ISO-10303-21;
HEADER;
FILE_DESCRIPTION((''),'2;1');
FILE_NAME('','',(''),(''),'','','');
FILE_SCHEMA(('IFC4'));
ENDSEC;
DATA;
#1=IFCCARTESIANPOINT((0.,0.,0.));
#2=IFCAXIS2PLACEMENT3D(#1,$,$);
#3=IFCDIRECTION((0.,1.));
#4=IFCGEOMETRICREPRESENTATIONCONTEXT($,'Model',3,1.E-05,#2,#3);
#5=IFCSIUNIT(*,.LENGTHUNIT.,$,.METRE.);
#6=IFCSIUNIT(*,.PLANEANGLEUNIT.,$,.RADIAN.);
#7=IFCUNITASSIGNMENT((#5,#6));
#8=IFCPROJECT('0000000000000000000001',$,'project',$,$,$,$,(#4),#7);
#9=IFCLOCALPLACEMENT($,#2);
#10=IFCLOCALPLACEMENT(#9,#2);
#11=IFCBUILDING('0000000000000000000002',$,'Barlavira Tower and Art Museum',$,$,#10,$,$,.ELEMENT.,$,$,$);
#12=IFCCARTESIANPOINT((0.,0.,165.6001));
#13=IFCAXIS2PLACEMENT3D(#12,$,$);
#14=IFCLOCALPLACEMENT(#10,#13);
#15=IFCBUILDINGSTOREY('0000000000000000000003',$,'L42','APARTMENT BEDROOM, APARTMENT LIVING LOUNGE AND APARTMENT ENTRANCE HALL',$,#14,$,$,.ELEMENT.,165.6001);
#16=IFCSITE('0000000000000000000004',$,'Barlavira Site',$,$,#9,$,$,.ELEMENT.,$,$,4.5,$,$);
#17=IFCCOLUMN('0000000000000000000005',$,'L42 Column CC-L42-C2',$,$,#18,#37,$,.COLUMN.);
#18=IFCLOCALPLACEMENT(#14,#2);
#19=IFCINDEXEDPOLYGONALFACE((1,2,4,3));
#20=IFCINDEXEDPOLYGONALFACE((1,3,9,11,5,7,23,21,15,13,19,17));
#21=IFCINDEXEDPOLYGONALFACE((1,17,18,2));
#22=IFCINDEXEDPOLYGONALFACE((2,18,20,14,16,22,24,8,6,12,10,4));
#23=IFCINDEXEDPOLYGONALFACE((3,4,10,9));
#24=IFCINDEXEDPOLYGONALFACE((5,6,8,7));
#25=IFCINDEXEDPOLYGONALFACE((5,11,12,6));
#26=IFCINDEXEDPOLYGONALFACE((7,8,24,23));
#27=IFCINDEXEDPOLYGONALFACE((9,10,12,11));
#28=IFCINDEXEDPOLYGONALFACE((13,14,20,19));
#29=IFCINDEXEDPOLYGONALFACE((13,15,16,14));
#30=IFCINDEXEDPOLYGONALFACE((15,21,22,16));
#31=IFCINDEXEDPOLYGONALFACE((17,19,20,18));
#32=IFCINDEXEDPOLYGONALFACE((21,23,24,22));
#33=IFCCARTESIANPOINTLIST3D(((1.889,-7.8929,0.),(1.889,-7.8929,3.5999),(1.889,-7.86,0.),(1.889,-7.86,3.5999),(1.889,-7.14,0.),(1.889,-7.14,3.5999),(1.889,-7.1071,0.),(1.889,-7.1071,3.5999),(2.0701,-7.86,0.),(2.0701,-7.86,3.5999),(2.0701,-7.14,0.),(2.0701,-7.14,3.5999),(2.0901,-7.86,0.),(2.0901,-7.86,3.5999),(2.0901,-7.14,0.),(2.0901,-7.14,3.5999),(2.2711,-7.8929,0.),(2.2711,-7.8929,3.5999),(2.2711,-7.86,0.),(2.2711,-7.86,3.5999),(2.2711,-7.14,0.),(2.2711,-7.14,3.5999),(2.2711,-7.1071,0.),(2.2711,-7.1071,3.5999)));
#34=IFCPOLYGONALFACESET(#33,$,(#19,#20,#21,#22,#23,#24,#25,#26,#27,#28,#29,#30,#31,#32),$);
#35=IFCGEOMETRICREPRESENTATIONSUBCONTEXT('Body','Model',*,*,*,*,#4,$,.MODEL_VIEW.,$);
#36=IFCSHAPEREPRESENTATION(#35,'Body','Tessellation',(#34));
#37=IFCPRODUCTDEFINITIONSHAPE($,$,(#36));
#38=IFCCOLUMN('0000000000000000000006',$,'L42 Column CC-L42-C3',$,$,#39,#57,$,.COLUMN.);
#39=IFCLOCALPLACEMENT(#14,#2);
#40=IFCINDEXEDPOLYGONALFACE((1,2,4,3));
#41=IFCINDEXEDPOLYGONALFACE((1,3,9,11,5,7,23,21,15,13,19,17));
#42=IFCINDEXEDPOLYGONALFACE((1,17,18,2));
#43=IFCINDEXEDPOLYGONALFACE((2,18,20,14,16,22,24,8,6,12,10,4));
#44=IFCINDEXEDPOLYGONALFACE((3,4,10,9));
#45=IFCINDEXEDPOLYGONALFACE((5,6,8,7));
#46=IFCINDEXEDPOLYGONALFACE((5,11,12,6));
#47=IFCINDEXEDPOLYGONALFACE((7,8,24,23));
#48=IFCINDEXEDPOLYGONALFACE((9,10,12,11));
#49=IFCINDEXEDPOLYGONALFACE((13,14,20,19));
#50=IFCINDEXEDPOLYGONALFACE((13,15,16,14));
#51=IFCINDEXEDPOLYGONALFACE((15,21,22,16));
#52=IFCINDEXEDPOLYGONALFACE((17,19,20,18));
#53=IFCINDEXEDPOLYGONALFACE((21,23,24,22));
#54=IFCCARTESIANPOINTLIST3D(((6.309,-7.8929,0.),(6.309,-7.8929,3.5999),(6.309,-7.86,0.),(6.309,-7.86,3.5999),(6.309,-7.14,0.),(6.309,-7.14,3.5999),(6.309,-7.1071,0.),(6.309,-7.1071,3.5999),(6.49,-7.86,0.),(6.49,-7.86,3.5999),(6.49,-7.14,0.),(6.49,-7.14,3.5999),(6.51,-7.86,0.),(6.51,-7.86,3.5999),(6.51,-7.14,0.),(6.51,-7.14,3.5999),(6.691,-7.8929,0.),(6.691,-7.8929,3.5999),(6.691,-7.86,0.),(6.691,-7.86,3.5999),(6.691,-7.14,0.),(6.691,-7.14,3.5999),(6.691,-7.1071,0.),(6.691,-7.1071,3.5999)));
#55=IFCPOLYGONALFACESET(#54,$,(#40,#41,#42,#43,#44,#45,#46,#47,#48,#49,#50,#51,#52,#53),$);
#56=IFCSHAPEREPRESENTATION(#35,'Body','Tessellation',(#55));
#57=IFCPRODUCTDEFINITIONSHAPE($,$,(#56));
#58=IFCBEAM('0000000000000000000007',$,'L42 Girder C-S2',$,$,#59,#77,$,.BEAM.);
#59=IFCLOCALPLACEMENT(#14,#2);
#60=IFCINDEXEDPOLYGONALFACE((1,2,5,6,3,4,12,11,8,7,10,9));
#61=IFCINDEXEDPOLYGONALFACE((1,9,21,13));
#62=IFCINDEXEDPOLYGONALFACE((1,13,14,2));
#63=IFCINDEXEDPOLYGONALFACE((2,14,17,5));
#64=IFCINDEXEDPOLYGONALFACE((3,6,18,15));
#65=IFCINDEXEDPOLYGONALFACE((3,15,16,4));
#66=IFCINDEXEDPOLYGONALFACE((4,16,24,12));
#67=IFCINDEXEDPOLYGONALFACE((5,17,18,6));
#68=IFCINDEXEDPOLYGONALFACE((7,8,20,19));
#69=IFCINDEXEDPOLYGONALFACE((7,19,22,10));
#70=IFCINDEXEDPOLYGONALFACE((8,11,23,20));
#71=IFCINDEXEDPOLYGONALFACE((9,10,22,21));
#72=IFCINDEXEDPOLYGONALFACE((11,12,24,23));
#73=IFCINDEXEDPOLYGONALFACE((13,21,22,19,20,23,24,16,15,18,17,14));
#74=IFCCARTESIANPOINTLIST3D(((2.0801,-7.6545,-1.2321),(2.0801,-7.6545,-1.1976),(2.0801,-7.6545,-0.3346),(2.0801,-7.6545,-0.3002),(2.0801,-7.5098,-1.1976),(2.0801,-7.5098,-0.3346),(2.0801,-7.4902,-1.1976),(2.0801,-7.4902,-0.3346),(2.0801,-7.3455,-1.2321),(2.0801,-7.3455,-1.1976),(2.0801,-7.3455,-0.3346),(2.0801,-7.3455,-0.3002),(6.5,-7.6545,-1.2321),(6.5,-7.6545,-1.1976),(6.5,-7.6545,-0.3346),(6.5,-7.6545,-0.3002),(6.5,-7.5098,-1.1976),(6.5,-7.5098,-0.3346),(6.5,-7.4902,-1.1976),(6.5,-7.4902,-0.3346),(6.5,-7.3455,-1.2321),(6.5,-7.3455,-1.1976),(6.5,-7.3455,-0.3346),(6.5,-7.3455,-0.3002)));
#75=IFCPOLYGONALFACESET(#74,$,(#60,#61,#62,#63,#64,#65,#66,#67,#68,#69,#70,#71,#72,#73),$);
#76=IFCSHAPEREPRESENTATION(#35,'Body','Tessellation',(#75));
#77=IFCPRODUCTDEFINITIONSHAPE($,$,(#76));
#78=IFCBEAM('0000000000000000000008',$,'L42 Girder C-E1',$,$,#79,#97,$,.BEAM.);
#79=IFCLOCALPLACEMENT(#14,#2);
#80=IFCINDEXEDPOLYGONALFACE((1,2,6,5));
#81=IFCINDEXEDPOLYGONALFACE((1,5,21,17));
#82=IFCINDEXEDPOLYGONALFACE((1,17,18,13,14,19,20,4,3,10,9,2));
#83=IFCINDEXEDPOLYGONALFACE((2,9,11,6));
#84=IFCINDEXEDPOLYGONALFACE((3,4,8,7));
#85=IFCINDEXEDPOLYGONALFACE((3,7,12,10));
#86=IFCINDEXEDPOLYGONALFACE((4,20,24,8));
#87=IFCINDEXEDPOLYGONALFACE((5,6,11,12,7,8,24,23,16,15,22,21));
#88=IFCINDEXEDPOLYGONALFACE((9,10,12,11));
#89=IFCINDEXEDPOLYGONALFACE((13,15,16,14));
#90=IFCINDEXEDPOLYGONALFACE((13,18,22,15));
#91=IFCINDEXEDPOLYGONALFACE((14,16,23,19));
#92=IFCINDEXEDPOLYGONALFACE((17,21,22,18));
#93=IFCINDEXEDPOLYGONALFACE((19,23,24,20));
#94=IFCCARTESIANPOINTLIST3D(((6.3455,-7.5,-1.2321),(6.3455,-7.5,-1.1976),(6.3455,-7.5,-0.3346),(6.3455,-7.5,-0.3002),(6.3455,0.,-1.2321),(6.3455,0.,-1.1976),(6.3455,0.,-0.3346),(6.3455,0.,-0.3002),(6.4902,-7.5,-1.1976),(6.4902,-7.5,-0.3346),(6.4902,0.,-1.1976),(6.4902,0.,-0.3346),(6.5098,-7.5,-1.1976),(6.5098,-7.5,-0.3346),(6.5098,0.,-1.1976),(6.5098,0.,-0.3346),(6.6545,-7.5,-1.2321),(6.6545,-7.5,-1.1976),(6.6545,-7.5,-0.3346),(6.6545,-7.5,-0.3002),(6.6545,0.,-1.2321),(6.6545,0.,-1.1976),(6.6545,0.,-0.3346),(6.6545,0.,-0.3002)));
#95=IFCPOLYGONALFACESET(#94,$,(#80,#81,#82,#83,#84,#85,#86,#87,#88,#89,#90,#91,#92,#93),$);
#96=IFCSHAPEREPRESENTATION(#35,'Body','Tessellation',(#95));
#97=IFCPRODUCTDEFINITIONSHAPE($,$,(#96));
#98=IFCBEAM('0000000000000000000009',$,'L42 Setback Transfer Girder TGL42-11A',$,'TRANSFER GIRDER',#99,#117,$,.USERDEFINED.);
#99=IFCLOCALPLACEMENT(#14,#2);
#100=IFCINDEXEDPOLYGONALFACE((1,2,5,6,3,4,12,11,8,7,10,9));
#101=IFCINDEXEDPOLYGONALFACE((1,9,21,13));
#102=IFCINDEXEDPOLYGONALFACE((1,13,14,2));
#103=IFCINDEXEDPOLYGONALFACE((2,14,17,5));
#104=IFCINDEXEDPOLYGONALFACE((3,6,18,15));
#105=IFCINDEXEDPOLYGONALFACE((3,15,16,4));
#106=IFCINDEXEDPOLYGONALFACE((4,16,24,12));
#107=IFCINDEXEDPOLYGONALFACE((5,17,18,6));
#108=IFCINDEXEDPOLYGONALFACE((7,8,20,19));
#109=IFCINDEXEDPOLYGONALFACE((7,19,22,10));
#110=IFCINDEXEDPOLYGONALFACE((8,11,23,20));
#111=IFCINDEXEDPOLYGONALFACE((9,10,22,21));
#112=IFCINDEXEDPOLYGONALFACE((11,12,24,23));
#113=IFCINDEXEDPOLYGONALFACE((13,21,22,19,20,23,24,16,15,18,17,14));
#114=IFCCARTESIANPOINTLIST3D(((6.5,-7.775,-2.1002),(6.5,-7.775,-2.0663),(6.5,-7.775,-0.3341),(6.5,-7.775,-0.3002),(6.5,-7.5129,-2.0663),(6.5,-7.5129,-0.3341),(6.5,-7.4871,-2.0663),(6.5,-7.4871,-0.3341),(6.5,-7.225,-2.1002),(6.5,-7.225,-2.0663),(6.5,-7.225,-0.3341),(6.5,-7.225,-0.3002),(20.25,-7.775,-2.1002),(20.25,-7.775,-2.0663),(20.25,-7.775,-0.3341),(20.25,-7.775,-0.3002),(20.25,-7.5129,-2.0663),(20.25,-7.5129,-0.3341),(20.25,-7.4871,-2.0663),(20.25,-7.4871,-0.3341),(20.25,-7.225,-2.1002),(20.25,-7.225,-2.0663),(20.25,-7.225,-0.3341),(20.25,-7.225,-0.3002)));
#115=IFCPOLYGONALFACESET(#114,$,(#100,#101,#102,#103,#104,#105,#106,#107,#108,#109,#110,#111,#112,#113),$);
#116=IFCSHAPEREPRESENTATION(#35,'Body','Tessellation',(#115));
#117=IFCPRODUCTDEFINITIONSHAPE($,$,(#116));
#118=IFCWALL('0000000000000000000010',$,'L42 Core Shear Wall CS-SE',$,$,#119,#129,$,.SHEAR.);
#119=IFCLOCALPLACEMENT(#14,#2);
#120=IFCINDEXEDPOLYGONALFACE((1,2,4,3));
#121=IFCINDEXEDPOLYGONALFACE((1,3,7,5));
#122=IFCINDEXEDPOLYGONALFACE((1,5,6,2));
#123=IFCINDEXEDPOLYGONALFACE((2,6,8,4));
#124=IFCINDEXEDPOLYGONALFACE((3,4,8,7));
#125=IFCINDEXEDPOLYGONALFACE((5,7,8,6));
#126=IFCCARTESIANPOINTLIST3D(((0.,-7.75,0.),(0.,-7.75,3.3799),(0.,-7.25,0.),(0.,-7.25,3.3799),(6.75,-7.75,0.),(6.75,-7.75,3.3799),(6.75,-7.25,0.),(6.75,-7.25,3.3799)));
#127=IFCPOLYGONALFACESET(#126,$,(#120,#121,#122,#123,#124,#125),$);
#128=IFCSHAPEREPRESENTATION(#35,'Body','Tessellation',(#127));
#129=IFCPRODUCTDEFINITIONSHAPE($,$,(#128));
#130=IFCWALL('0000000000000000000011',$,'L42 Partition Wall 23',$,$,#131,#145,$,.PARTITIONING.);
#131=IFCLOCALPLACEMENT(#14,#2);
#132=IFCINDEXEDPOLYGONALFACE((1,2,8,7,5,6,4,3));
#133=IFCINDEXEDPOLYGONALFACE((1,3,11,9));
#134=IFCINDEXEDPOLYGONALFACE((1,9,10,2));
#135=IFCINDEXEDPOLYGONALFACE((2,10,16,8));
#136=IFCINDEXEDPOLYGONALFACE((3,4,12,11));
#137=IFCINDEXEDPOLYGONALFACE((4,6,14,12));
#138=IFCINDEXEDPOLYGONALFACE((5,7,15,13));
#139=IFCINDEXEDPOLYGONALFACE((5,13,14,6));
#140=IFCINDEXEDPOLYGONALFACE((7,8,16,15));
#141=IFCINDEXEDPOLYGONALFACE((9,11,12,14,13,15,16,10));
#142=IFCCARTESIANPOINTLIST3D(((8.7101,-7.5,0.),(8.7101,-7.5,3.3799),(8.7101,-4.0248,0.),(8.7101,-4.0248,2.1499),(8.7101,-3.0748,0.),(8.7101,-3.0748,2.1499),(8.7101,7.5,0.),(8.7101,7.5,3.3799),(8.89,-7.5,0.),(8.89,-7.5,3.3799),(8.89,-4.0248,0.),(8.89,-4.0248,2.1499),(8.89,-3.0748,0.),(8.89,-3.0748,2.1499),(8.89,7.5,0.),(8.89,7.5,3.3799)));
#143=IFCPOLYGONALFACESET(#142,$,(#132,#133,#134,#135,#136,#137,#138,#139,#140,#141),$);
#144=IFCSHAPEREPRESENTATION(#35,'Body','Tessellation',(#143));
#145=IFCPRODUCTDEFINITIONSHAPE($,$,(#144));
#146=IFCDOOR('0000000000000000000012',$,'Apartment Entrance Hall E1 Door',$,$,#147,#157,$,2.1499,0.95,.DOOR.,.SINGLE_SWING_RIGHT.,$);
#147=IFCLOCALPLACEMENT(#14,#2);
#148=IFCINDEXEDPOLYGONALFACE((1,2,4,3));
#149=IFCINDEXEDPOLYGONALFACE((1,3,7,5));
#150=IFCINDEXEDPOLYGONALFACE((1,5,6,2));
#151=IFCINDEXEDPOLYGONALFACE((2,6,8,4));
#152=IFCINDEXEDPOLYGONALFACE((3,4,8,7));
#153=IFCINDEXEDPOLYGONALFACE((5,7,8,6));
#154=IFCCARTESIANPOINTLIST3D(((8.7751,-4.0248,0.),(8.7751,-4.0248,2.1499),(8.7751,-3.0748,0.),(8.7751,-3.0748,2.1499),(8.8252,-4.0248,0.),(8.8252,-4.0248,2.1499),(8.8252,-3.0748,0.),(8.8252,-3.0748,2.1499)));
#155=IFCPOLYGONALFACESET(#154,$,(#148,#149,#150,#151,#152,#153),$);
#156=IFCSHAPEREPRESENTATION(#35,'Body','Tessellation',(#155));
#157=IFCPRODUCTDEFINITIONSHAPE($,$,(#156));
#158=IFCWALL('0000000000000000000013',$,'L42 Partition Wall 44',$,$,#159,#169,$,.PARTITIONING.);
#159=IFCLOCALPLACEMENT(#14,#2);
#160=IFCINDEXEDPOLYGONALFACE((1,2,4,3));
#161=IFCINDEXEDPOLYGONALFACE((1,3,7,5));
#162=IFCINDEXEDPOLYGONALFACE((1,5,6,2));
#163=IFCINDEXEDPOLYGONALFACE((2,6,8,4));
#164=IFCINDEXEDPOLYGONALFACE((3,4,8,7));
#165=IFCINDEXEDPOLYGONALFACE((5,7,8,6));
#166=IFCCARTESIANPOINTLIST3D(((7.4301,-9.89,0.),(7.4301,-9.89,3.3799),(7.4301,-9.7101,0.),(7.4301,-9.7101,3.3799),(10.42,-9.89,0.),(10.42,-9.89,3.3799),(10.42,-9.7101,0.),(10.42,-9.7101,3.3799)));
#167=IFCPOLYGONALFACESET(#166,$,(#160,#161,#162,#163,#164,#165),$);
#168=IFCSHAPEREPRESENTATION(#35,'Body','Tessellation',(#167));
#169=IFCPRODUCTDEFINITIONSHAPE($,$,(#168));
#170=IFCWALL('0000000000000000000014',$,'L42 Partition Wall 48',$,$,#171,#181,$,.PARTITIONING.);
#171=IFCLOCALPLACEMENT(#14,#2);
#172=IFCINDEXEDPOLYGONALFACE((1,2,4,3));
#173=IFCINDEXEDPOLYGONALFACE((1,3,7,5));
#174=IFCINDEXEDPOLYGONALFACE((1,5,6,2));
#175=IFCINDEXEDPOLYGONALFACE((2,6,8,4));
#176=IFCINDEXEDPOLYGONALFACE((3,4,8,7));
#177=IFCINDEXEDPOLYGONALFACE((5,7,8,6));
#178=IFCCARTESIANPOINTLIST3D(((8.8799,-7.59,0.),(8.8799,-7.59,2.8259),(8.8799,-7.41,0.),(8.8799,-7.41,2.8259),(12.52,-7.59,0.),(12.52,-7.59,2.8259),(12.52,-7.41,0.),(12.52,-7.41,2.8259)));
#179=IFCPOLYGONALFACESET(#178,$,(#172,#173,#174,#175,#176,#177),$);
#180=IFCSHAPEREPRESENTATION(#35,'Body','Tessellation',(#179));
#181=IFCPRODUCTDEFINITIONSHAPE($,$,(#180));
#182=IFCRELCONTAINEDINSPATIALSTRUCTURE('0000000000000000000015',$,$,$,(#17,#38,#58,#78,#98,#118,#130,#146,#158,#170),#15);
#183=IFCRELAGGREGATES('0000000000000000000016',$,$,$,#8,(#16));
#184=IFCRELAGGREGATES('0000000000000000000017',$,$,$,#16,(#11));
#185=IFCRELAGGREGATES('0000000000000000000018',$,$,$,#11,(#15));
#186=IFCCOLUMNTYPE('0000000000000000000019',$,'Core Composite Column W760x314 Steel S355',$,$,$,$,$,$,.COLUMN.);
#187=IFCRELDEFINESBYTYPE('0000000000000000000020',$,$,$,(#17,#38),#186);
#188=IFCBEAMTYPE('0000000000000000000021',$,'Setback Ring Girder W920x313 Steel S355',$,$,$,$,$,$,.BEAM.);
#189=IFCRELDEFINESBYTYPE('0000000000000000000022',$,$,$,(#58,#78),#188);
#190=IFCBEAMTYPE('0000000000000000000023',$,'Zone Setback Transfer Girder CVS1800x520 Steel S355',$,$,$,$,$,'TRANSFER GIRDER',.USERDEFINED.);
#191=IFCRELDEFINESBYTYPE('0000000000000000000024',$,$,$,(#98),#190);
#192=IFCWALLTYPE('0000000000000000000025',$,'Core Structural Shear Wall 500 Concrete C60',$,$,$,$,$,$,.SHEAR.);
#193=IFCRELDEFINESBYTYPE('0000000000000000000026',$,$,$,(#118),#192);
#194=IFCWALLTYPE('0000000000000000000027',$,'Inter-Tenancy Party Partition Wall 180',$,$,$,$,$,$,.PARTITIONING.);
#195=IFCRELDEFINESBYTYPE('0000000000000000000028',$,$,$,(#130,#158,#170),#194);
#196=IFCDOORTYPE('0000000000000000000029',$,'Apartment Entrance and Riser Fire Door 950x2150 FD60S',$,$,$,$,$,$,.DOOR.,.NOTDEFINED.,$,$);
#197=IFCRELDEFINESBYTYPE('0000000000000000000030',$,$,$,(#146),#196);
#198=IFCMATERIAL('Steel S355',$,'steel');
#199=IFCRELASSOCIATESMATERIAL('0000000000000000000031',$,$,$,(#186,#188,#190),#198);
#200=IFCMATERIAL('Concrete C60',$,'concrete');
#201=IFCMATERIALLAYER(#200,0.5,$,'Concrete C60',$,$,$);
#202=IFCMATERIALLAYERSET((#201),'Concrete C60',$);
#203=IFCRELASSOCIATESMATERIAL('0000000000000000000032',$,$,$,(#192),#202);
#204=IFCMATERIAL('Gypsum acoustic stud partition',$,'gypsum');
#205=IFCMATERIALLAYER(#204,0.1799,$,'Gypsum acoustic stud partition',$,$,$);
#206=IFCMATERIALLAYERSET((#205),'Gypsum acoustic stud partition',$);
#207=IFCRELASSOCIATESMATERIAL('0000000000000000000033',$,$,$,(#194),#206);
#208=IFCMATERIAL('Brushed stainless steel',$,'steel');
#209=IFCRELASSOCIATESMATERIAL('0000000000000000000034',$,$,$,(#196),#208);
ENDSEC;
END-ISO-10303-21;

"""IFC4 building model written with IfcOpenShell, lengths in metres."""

from ifc_helpers import new_model, si_unit, direction, frame, frame_2d, origin, origin_2d, place, context, subcontext, project, spatial, rectangle, i_section, extrude, material, layer, layer_set, material_profile, profile_set, type_object, element, fill, save


model = new_model("IFC4")

# Units and contexts
model_context = context("Model", 3, precision=1e-05, world=origin(), true_north=direction((0.0, 1.0)))
body_context = subcontext(model_context, "Body", "Model", "MODEL_VIEW")
ifc_project = project(units=[si_unit("LENGTHUNIT", "METRE"), si_unit("PLANEANGLEUNIT", "RADIAN")], contexts=[model_context])

# Site, building, storey
site_placement = place(None, origin())
site = spatial("IfcSite", under=ifc_project, at=site_placement, Name="Barlavira Site", CompositionType="ELEMENT", RefElevation=4.5)
building_placement = place(site_placement, origin())
building = spatial("IfcBuilding", under=site, at=building_placement, Name="Barlavira Tower and Art Museum", CompositionType="ELEMENT")
storey_placement = place(building_placement, frame((0.0, 0.0, 165.6001)))
storey = spatial("IfcBuildingStorey", under=building, at=storey_placement, Name="L42", Description="APARTMENT BEDROOM, APARTMENT LIVING LOUNGE AND APARTMENT ENTRANCE HALL", CompositionType="ELEMENT", Elevation=165.6001)

# Columns
ifc_material_1 = material(Name="Steel S355", Category="steel")
ifc_material_profile_1 = material_profile(ifc_material_1, i_section(OverallWidth=0.3821, OverallDepth=0.7859, WebThickness=0.02, FlangeThickness=0.033, at=origin_2d()), Name="W760x314.0")
ifc_profile_set_1 = profile_set([ifc_material_profile_1], Name="Steel S355")
column_type = type_object("IfcColumnType", Name="Core Composite Column W760x314 Steel S355", PredefinedType="COLUMN", material=ifc_profile_set_1)
for number, where, z_axis, x_axis, name in (
    (1, (2.0801, -7.5, 0.0), (0.0, 0.0, 1.0), (1.0, 0.0, 0.0), "L42 Column CC-L42-C2"),
    (2, (6.5, -7.5, 0.0), (0.0, 0.0, 1.0), (1.0, 0.0, 0.0), "L42 Column CC-L42-C3"),
):
    element("IfcColumn", number, at=place(storey_placement, frame(where, z_axis=z_axis, x_axis=x_axis)), inside=storey, type_object=column_type, Name=name, PredefinedType="COLUMN", context=body_context, shape_type="SweptSolid", body=[
        extrude(i_section(OverallWidth=0.3821, OverallDepth=0.7859, WebThickness=0.02, FlangeThickness=0.033, at=origin_2d()), origin(), (0.0, 0.0, 1.0), 3.5999),
    ])

# Beams
ifc_material_profile_2 = material_profile(ifc_material_1, i_section(OverallWidth=0.3091, OverallDepth=0.9319, WebThickness=0.0195, FlangeThickness=0.0344, at=origin_2d()), Name="W920x313.0")
ifc_profile_set_2 = profile_set([ifc_material_profile_2], Name="Steel S355")
beam_type_1 = type_object("IfcBeamType", Name="Setback Ring Girder W920x313 Steel S355", PredefinedType="BEAM", material=ifc_profile_set_2)
beam_1_placement = place(storey_placement, frame((2.0801, -7.5, -0.7661), z_axis=(1.0, 0.0, 0.0), x_axis=(0.0, 1.0, 0.0)))
element("IfcBeam", 3, at=beam_1_placement, inside=storey, type_object=beam_type_1, Name="L42 Girder C-S2", PredefinedType="BEAM", context=body_context, shape_type="SweptSolid", body=[
    extrude(i_section(OverallWidth=0.3091, OverallDepth=0.9319, WebThickness=0.0195, FlangeThickness=0.0344, at=origin_2d()), origin(), (0.0, 0.0, 1.0), 4.4199),
])
beam_2_placement = place(storey_placement, frame((6.5, -7.5, -0.7661), z_axis=(0.0, 1.0, 0.0), x_axis=(-1.0, 0.0, 0.0)))
element("IfcBeam", 4, at=beam_2_placement, inside=storey, type_object=beam_type_1, Name="L42 Girder C-E1", PredefinedType="BEAM", context=body_context, shape_type="SweptSolid", body=[
    extrude(i_section(OverallWidth=0.3091, OverallDepth=0.9319, WebThickness=0.0195, FlangeThickness=0.0344, at=origin_2d()), origin(), (0.0, 0.0, 1.0), 7.5),
])
ifc_material_profile_3 = material_profile(ifc_material_1, i_section(OverallWidth=0.55, OverallDepth=1.8, WebThickness=0.0259, FlangeThickness=0.0339, at=origin_2d()), Name="CVS1800x520")
ifc_profile_set_3 = profile_set([ifc_material_profile_3], Name="Steel S355")
beam_type_2 = type_object("IfcBeamType", Name="Zone Setback Transfer Girder CVS1800x520 Steel S355", ElementType="TRANSFER GIRDER", PredefinedType="USERDEFINED", material=ifc_profile_set_3)
beam_3_placement = place(storey_placement, frame((6.5, -7.5, -1.2002), z_axis=(1.0, 0.0, 0.0), x_axis=(0.0, 1.0, 0.0)))
element("IfcBeam", 5, at=beam_3_placement, inside=storey, type_object=beam_type_2, Name="L42 Setback Transfer Girder TGL42-11A", ObjectType="TRANSFER GIRDER", PredefinedType="USERDEFINED", context=body_context, shape_type="SweptSolid", body=[
    extrude(i_section(OverallWidth=0.55, OverallDepth=1.8, WebThickness=0.0259, FlangeThickness=0.0339, at=origin_2d()), origin(), (0.0, 0.0, 1.0), 13.75),
])

# Wall
ifc_material_2 = material(Name="Concrete C60", Category="concrete")
ifc_layer_1 = layer(ifc_material_2, 0.5, Name="Concrete C60")
ifc_layer_set_1 = layer_set([ifc_layer_1], Name="Concrete C60")
wall_type_1 = type_object("IfcWallType", Name="Core Structural Shear Wall 500 Concrete C60", PredefinedType="SHEAR", material=ifc_layer_set_1)
wall_1_placement = place(storey_placement, frame((0.0, -7.5, 0.0), z_axis=(0.0, 0.0, 1.0), x_axis=(1.0, 0.0, 0.0)))
element("IfcWall", 6, at=wall_1_placement, inside=storey, type_object=wall_type_1, Name="L42 Core Shear Wall CS-SE", PredefinedType="SHEAR", context=body_context, shape_type="SweptSolid", body=[
    extrude(rectangle(XDim=6.75, YDim=0.5, at=frame_2d((3.375, 0.0))), origin(), (0.0, 0.0, 1.0), 3.3799),
])

# Wall, opening, door
ifc_material_3 = material(Name="Brushed stainless steel", Category="steel")
ifc_material_4 = material(Name="Gypsum acoustic stud partition", Category="gypsum")
ifc_layer_2 = layer(ifc_material_4, 0.1799, Name="Gypsum acoustic stud partition")
ifc_layer_set_2 = layer_set([ifc_layer_2], Name="Gypsum acoustic stud partition")
wall_type_2 = type_object("IfcWallType", Name="Inter-Tenancy Party Partition Wall 180", PredefinedType="PARTITIONING", material=ifc_layer_set_2)
wall_2_placement = place(storey_placement, frame((8.8, -7.5, 0.0), z_axis=(0.0, 0.0, 1.0), x_axis=(0.0, 1.0, 0.0)))
wall_2 = element("IfcWall", 7, at=wall_2_placement, inside=storey, type_object=wall_type_2, Name="L42 Partition Wall 23", PredefinedType="PARTITIONING", context=body_context, shape_type="SweptSolid", body=[
    extrude(rectangle(XDim=15.0, YDim=0.1799, at=frame_2d((7.5, 0.0))), origin(), (0.0, 0.0, 1.0), 3.3799),
])
opening_1_placement = place(wall_2_placement, frame((3.4751, 0.0, 0.0)))
opening_1 = element("IfcOpeningElement", 8, at=opening_1_placement, cuts=wall_2, PredefinedType="OPENING", context=body_context, shape_type="SweptSolid", body=[
    extrude(rectangle(XDim=0.95, YDim=2.1499, at=frame_2d((0.4751, 1.075))), frame((0.0, 0.1001, 0.0), z_axis=(0.0, -1.0, 0.0), x_axis=(1.0, 0.0, 0.0)), (0.0, 0.0, 1.0), 0.2),
])
door_type_1 = type_object("IfcDoorType", Name="Apartment Entrance and Riser Fire Door 950x2150 FD60S", OperationType="NOTDEFINED", PredefinedType="DOOR", material=ifc_material_3)
door_1_placement = place(opening_1_placement, origin())
door_1 = element("IfcDoor", 9, at=door_1_placement, inside=storey, type_object=door_type_1, Name="Apartment Entrance Hall E1 Door", OperationType="SINGLE_SWING_RIGHT", OverallHeight=2.1499, OverallWidth=0.95, PredefinedType="DOOR", context=body_context, shape_type="SweptSolid", body=[
    extrude(rectangle(XDim=0.95, YDim=2.1499, at=frame_2d((0.4751, 1.075))), frame((0.0, 0.0249, 0.0), z_axis=(0.0, -1.0, 0.0), x_axis=(1.0, 0.0, 0.0)), (0.0, 0.0, 1.0), 0.05),
])
fill(opening_1, door_1)

# Walls
wall_3_placement = place(storey_placement, frame((7.4299, -9.8, 0.0), z_axis=(0.0, 0.0, 1.0), x_axis=(1.0, 0.0, 0.0)))
element("IfcWall", 10, at=wall_3_placement, inside=storey, type_object=wall_type_2, Name="L42 Partition Wall 44", PredefinedType="PARTITIONING", context=body_context, shape_type="SweptSolid", body=[
    extrude(rectangle(XDim=2.99, YDim=0.1799, at=frame_2d((1.4951, 0.0))), origin(), (0.0, 0.0, 1.0), 3.3799),
])
wall_4_placement = place(storey_placement, frame((8.8799, -7.5, 0.0), z_axis=(0.0, 0.0, 1.0), x_axis=(1.0, 0.0, 0.0)))
element("IfcWall", 11, at=wall_4_placement, inside=storey, type_object=wall_type_2, Name="L42 Partition Wall 48", PredefinedType="PARTITIONING", context=body_context, shape_type="SweptSolid", body=[
    extrude(rectangle(XDim=3.6401, YDim=0.1799, at=frame_2d((1.8201, 0.0))), origin(), (0.0, 0.0, 1.0), 2.8259),
])

save(model, "model.ifc")
